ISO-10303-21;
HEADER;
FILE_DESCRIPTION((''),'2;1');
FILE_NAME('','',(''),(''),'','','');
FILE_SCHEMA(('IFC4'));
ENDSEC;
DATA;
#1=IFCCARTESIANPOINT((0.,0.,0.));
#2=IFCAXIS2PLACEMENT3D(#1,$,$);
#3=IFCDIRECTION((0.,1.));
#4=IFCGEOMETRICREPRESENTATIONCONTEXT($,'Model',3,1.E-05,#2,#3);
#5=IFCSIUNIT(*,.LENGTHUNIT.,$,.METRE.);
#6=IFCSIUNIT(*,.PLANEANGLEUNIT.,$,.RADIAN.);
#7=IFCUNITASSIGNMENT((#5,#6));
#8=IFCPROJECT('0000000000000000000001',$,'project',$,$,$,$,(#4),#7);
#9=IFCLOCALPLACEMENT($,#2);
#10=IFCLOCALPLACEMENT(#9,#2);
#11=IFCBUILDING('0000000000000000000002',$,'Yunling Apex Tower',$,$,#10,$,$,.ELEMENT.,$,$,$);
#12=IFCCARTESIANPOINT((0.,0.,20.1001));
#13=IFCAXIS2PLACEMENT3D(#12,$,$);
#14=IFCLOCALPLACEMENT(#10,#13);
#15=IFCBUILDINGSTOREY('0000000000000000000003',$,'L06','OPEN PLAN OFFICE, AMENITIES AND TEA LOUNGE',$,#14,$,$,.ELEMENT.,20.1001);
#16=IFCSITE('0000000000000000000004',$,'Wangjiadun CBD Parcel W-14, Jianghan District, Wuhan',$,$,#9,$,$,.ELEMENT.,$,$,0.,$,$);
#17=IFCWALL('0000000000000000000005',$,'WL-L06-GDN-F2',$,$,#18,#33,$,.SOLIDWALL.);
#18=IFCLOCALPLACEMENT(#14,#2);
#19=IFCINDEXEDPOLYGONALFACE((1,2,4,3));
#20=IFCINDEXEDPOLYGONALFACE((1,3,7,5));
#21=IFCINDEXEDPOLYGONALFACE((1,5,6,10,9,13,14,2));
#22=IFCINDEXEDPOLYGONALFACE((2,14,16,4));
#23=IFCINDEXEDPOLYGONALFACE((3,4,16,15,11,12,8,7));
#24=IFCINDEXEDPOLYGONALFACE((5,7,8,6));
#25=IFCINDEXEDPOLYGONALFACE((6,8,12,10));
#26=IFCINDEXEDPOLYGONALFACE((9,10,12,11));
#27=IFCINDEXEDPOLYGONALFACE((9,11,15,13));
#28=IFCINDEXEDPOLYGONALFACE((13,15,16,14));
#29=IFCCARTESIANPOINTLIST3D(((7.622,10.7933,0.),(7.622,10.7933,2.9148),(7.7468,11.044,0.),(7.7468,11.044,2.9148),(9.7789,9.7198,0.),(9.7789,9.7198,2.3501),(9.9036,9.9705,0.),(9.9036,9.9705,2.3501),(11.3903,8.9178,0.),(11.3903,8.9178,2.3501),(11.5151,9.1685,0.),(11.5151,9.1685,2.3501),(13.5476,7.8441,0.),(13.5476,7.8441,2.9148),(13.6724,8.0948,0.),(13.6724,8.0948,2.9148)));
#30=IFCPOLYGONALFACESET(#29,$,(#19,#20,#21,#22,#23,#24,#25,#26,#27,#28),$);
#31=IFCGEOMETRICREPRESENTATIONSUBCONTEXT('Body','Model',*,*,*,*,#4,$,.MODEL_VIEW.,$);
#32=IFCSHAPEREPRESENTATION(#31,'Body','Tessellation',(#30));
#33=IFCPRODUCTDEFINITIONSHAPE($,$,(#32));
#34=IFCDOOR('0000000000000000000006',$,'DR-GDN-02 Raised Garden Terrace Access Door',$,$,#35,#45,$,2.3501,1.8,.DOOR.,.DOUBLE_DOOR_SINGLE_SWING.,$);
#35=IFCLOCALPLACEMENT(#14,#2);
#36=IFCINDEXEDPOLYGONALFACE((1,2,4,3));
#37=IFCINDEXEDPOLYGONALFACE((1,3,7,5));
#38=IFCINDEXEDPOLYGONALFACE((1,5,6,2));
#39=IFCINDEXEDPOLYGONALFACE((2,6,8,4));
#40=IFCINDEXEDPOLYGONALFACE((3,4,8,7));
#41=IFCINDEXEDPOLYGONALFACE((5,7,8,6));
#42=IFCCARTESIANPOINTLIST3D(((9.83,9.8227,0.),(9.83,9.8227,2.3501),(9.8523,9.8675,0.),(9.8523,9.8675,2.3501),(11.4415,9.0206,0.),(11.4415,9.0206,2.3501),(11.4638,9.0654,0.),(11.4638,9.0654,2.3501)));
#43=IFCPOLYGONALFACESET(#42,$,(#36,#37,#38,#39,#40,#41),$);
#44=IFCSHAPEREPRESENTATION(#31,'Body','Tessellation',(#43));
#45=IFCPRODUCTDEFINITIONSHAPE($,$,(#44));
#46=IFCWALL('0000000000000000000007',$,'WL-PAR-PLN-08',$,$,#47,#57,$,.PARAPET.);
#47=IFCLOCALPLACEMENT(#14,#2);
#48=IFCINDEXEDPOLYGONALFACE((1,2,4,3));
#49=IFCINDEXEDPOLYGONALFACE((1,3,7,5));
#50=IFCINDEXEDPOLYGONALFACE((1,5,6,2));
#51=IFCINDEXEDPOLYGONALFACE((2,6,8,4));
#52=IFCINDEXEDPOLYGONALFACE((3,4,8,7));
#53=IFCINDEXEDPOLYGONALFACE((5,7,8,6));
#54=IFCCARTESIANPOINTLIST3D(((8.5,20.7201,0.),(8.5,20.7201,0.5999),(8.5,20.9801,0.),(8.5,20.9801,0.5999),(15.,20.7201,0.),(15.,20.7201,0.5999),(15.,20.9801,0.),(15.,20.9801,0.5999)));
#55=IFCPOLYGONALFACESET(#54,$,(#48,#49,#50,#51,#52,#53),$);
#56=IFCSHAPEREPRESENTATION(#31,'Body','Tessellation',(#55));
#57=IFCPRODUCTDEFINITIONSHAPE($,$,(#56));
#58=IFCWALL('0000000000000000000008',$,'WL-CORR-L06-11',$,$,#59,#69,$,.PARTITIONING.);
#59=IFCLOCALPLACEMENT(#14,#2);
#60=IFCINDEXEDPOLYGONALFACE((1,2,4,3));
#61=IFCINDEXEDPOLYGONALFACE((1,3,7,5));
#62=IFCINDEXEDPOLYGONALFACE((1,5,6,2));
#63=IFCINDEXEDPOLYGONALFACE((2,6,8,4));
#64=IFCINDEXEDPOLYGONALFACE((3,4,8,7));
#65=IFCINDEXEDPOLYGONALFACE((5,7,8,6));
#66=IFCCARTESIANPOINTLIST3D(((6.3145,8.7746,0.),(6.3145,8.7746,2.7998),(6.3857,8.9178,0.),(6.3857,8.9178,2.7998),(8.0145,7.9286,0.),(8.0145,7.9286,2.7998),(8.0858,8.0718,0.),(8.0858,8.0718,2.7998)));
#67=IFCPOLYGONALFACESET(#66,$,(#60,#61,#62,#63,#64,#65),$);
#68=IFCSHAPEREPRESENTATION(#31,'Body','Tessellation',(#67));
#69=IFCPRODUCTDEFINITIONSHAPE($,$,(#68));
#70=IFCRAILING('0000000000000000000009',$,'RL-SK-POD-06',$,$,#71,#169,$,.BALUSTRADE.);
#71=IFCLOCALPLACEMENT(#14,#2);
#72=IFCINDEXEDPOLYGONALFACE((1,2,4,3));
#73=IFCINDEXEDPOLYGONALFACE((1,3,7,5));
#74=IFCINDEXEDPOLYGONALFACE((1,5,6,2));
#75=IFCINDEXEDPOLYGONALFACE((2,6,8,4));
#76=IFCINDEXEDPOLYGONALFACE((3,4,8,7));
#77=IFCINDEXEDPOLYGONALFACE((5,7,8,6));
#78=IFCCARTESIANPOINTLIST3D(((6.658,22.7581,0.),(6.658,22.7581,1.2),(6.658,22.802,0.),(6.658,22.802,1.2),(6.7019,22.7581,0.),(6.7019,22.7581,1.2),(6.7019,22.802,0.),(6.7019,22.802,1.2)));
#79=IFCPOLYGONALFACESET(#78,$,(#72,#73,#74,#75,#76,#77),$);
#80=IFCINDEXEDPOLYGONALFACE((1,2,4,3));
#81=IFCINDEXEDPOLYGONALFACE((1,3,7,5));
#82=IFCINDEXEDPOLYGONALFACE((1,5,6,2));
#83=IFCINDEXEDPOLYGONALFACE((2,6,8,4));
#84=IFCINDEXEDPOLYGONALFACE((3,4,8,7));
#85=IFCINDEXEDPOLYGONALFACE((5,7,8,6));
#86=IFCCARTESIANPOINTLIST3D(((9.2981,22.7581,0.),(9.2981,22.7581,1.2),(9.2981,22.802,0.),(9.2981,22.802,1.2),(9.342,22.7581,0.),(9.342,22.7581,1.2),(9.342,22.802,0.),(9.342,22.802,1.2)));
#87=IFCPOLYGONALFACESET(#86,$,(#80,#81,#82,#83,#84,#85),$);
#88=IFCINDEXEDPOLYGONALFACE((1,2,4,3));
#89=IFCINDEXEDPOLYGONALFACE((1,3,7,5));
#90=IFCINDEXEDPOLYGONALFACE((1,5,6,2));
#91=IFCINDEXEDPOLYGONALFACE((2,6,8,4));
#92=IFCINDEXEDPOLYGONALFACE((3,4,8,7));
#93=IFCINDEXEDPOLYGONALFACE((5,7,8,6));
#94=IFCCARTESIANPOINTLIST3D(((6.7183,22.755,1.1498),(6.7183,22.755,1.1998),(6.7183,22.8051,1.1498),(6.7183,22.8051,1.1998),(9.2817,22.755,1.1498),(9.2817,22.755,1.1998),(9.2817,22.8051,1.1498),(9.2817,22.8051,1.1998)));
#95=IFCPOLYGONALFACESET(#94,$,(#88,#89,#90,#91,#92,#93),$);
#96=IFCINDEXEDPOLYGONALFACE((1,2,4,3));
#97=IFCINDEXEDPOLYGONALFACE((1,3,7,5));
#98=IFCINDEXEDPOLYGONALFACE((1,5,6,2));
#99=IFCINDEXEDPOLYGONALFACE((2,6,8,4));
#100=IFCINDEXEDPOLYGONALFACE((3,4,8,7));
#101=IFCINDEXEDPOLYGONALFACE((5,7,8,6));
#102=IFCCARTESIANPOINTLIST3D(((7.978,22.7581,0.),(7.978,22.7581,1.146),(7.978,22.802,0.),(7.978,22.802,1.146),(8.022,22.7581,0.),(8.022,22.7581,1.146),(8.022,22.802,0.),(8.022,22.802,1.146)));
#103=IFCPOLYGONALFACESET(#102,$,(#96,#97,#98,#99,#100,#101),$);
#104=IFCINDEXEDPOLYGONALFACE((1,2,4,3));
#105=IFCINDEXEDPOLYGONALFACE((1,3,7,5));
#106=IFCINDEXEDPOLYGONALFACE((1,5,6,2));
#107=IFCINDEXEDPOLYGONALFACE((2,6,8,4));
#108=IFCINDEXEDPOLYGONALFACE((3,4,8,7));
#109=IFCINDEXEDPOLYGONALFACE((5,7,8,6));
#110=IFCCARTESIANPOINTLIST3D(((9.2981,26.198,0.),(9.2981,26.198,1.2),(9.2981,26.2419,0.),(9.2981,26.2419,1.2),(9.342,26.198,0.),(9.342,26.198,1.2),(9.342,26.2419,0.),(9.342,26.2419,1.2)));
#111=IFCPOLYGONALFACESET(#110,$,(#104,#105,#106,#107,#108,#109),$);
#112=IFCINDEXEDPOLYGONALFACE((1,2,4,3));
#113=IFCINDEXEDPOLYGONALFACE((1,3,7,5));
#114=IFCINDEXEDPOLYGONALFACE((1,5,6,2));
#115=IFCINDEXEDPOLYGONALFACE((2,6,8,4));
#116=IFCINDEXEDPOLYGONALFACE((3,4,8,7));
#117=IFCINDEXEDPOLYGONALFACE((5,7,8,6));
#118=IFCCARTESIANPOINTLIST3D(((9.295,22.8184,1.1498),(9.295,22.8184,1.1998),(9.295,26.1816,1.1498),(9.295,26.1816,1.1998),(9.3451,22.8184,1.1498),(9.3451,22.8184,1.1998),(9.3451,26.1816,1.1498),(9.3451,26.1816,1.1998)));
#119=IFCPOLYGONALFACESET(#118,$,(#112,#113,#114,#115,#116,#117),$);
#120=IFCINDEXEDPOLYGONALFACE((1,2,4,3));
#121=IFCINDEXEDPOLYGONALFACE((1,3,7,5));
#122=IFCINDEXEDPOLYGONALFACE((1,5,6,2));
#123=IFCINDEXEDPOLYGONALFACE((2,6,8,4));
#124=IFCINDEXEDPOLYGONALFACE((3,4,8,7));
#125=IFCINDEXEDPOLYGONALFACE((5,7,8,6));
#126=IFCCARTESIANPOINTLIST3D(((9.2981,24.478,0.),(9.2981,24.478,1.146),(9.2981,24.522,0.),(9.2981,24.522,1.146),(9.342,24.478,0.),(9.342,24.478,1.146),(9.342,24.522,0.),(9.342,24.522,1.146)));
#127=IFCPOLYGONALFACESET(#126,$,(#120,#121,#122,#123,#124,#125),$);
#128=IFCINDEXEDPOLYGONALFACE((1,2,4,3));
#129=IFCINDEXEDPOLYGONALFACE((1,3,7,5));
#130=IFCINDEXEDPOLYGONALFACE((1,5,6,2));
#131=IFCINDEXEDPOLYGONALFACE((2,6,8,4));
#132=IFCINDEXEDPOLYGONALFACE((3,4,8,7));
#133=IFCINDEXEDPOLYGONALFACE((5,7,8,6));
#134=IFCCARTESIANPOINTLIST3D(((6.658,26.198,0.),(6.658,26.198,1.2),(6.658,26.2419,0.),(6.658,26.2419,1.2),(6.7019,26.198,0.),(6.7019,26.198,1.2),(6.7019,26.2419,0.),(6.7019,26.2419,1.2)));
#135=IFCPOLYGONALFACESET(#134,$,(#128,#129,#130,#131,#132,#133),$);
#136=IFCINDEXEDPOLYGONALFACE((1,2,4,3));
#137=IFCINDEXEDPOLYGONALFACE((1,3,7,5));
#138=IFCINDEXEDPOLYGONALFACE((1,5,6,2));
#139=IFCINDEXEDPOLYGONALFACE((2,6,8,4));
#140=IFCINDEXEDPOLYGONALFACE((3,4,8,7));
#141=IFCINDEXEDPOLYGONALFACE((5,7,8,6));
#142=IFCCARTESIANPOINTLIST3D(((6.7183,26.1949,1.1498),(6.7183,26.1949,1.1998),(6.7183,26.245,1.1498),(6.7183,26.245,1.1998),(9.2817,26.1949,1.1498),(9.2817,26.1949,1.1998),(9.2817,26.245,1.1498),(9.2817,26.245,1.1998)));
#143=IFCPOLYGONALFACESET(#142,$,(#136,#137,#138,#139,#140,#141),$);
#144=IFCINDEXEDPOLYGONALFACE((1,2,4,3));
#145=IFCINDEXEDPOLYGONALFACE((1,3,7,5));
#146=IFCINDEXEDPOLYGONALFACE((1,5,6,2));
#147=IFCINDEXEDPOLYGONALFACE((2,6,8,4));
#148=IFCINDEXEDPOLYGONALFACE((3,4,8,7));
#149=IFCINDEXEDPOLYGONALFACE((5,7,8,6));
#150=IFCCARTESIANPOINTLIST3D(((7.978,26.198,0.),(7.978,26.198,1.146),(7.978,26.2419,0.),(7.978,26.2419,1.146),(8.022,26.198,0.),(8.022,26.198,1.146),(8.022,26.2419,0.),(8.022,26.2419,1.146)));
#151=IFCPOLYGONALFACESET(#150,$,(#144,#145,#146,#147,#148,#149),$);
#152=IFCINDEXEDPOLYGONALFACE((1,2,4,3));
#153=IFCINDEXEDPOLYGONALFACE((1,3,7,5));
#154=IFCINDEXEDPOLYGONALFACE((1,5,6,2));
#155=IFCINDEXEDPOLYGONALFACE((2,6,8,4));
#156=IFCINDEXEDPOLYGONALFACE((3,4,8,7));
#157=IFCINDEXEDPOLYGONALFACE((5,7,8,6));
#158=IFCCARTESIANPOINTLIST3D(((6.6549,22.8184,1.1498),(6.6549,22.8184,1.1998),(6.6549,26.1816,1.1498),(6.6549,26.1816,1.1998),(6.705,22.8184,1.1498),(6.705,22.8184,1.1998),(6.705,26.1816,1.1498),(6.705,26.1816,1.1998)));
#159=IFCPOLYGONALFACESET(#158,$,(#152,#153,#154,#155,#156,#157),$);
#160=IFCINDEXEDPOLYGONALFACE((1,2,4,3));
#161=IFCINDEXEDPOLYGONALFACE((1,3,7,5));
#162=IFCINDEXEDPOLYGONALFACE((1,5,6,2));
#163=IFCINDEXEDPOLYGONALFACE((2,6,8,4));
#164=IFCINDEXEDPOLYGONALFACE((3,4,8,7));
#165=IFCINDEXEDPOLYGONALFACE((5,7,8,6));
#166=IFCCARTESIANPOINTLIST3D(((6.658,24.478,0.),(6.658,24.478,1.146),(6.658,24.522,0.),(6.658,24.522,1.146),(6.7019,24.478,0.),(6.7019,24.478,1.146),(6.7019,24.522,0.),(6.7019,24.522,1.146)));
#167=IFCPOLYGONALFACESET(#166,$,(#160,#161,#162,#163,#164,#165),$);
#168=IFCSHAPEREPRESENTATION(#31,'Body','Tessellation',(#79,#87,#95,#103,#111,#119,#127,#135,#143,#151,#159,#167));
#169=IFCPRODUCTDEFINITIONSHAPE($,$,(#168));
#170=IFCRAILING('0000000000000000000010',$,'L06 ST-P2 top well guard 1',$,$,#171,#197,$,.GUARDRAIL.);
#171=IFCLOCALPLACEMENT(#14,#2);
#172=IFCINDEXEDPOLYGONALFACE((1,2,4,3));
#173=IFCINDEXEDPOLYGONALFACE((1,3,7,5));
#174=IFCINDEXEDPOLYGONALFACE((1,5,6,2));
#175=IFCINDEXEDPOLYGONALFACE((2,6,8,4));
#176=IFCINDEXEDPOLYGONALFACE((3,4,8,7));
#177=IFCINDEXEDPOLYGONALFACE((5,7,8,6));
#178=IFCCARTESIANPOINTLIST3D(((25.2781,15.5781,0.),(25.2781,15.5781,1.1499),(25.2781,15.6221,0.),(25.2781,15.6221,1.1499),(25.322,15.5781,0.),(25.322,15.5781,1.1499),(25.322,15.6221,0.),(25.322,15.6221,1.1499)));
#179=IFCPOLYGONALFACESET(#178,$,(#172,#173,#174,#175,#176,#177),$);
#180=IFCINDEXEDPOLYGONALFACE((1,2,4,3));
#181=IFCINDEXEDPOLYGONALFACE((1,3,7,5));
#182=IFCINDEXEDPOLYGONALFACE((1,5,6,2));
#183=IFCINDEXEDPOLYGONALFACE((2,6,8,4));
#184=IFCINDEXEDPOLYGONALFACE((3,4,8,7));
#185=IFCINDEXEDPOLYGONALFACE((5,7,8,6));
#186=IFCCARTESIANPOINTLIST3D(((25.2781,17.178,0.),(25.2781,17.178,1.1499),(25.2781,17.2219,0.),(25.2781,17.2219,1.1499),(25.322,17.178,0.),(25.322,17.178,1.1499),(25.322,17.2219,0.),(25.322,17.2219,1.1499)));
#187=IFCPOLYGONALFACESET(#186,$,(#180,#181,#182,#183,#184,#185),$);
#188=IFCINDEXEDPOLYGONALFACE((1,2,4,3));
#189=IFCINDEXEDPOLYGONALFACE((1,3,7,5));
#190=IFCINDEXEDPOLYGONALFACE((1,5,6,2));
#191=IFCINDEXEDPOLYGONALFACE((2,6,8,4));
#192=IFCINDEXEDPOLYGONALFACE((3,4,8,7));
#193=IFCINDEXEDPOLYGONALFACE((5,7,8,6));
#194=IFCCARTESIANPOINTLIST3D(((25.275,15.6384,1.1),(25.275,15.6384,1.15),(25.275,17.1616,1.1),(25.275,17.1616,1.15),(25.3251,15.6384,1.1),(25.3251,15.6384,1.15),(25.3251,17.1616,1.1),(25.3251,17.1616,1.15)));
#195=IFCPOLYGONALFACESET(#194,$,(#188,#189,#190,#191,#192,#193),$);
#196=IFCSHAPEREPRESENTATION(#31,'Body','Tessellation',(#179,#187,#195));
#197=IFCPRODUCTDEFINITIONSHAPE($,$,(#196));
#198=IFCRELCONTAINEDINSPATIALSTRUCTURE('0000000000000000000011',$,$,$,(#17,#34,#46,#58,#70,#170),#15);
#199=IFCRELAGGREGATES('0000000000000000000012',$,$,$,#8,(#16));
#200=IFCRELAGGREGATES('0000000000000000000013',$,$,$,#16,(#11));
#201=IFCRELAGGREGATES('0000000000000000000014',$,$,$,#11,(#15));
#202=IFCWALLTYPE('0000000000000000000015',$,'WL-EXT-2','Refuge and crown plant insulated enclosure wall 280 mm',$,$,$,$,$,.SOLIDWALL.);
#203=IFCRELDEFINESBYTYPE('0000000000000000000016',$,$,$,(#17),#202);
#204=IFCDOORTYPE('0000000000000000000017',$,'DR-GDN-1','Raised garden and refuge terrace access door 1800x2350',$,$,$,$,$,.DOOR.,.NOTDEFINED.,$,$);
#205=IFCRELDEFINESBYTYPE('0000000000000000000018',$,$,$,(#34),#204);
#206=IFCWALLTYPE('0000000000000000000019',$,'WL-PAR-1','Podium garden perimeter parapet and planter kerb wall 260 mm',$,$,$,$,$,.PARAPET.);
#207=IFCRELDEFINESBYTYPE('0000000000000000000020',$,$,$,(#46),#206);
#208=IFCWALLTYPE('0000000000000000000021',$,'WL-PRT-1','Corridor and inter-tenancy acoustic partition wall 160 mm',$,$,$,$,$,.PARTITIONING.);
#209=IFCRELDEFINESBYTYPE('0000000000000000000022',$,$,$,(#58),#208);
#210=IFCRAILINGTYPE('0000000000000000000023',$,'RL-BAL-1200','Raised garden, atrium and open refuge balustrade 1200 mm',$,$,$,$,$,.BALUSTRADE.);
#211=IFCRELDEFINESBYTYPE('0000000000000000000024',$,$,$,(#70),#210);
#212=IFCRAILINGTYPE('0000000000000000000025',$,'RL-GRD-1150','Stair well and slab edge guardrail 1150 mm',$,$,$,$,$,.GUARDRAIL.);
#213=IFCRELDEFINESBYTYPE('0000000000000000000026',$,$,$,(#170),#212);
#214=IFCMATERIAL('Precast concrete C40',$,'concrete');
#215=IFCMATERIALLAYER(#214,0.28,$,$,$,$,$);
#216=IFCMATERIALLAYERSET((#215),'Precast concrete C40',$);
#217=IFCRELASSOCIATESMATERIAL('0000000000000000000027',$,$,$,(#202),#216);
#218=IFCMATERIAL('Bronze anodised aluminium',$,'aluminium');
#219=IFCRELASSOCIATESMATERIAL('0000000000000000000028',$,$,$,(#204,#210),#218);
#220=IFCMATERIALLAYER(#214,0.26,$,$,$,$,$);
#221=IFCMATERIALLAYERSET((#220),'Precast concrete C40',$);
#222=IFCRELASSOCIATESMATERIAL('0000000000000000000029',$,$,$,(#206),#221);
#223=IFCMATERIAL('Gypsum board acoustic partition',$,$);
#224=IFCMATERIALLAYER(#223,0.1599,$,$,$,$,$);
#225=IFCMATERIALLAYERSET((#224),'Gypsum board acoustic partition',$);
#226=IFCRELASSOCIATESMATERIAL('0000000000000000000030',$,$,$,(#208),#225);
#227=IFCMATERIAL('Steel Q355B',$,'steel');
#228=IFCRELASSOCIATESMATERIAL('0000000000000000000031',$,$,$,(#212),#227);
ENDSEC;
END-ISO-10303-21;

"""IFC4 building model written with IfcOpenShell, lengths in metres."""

from ifc_helpers import new_model, si_unit, direction, frame, frame_2d, origin, origin_2d, place, context, subcontext, project, spatial, rectangle, extrude, material, layer, layer_set, type_object, element, fill, save


model = new_model("IFC4")

# Units and contexts
model_context = context("Model", 3, precision=1e-05, world=origin(), true_north=direction((0.0, 1.0)))
body_context = subcontext(model_context, "Body", "Model", "MODEL_VIEW")
ifc_project = project(units=[si_unit("LENGTHUNIT", "METRE"), si_unit("PLANEANGLEUNIT", "RADIAN")], contexts=[model_context])

# Site, building, storey
site_placement = place(None, origin())
site = spatial("IfcSite", under=ifc_project, at=site_placement, Name="Wangjiadun CBD Parcel W-14, Jianghan District, Wuhan", CompositionType="ELEMENT", RefElevation=0.0)
building_placement = place(site_placement, origin())
building = spatial("IfcBuilding", under=site, at=building_placement, Name="Yunling Apex Tower", CompositionType="ELEMENT")
storey_placement = place(building_placement, frame((0.0, 0.0, 20.1001)))
storey = spatial("IfcBuildingStorey", under=building, at=storey_placement, Name="L06", Description="OPEN PLAN OFFICE, AMENITIES AND TEA LOUNGE", CompositionType="ELEMENT", Elevation=20.1001)

# Shared definitions
ifc_material_1 = material(Name="Steel Q355B", Category="steel")

# Shared definitions
ifc_material_2 = material(Name="Bronze anodised aluminium", Category="aluminium")

# Wall, opening, door
ifc_material_3 = material(Name="Precast concrete C40", Category="concrete")
ifc_layer_1 = layer(ifc_material_3, 0.28)
ifc_layer_set_1 = layer_set([ifc_layer_1], Name="Precast concrete C40")
wall_type_1 = type_object("IfcWallType", Name="WL-EXT-2", Description="Refuge and crown plant insulated enclosure wall 280 mm", PredefinedType="SOLIDWALL", material=ifc_layer_set_1)
wall_1_placement = place(storey_placement, frame((7.6843, 10.9187, 0.0), z_axis=(0.0, 0.0, 1.0), x_axis=(0.895245, -0.445575, 0.0)))
wall_1 = element("IfcWall", 1, at=wall_1_placement, inside=storey, type_object=wall_type_1, Name="WL-L06-GDN-F2", PredefinedType="SOLIDWALL", context=body_context, shape_type="SweptSolid", body=[
    extrude(rectangle(XDim=6.6189, YDim=0.28, at=frame_2d((3.3096, 0.0))), origin(), (0.0, 0.0, 1.0), 2.9148),
])
opening_1_placement = place(wall_1_placement, frame((2.4094, 0.0, 0.0)))
opening_1 = element("IfcOpeningElement", 2, at=opening_1_placement, cuts=wall_1, PredefinedType="OPENING", context=body_context, shape_type="SweptSolid", body=[
    extrude(rectangle(XDim=1.8, YDim=2.3501, at=frame_2d((0.8999, 1.175))), frame((0.0, 0.1499, 0.0), z_axis=(0.0, -1.0, 0.0), x_axis=(1.0, 0.0, 0.0)), (0.0, 0.0, 1.0), 0.3),
])
door_type_1 = type_object("IfcDoorType", Name="DR-GDN-1", Description="Raised garden and refuge terrace access door 1800x2350", OperationType="NOTDEFINED", PredefinedType="DOOR", material=ifc_material_2)
door_1_placement = place(opening_1_placement, origin())
door_1 = element("IfcDoor", 3, at=door_1_placement, inside=storey, type_object=door_type_1, Name="DR-GDN-02 Raised Garden Terrace Access Door", OperationType="DOUBLE_DOOR_SINGLE_SWING", OverallHeight=2.3501, OverallWidth=1.8, PredefinedType="DOOR", context=body_context, shape_type="SweptSolid", body=[
    extrude(rectangle(XDim=1.8, YDim=2.3501, at=frame_2d((0.8999, 1.175))), frame((0.0, 0.0249, 0.0), z_axis=(0.0, -1.0, 0.0), x_axis=(1.0, 0.0, 0.0)), (0.0, 0.0, 1.0), 0.05),
])
fill(opening_1, door_1)

# Walls
ifc_layer_2 = layer(ifc_material_3, 0.26)
ifc_layer_set_2 = layer_set([ifc_layer_2], Name="Precast concrete C40")
wall_type_2 = type_object("IfcWallType", Name="WL-PAR-1", Description="Podium garden perimeter parapet and planter kerb wall 260 mm", PredefinedType="PARAPET", material=ifc_layer_set_2)
wall_2_placement = place(storey_placement, frame((8.5, 20.8501, 0.0), z_axis=(0.0, 0.0, 1.0), x_axis=(1.0, 0.0, 0.0)))
element("IfcWall", 4, at=wall_2_placement, inside=storey, type_object=wall_type_2, Name="WL-PAR-PLN-08", PredefinedType="PARAPET", context=body_context, shape_type="SweptSolid", body=[
    extrude(rectangle(XDim=6.5, YDim=0.26, at=frame_2d((3.25, 0.0))), origin(), (0.0, 0.0, 1.0), 0.5999),
])
ifc_material_4 = material(Name="Gypsum board acoustic partition")
ifc_layer_3 = layer(ifc_material_4, 0.1599)
ifc_layer_set_3 = layer_set([ifc_layer_3], Name="Gypsum board acoustic partition")
wall_type_3 = type_object("IfcWallType", Name="WL-PRT-1", Description="Corridor and inter-tenancy acoustic partition wall 160 mm", PredefinedType="PARTITIONING", material=ifc_layer_set_3)
wall_3_placement = place(storey_placement, frame((6.3501, 8.8462, 0.0), z_axis=(0.0, 0.0, 1.0), x_axis=(0.895274, -0.445516, 0.0)))
element("IfcWall", 5, at=wall_3_placement, inside=storey, type_object=wall_type_3, Name="WL-CORR-L06-11", PredefinedType="PARTITIONING", context=body_context, shape_type="SweptSolid", body=[
    extrude(rectangle(XDim=1.8989, YDim=0.1599, at=frame_2d((0.9495, 0.0))), origin(), (0.0, 0.0, 1.0), 2.7998),
])

# Railings
railing_type_1 = type_object("IfcRailingType", Name="RL-BAL-1200", Description="Raised garden, atrium and open refuge balustrade 1200 mm", PredefinedType="BALUSTRADE", material=ifc_material_2)
railing_placement = place(storey_placement, frame((6.6799, 22.78, 0.0)))
element("IfcRailing", 6, at=railing_placement, inside=storey, type_object=railing_type_1, Name="RL-SK-POD-06", PredefinedType="BALUSTRADE", context=body_context, shape_type="SweptSolid", body=[
    extrude(rectangle(XDim=0.0439, YDim=0.0439, at=origin_2d()), origin(), (0.0, 0.0, 1.0), 1.2),
    extrude(rectangle(XDim=0.0439, YDim=0.0439, at=origin_2d()), frame((2.6401, 0.0, 0.0)), (0.0, 0.0, 1.0), 1.2),
    extrude(rectangle(XDim=0.05, YDim=0.05, at=origin_2d()), frame((0.0383, 0.0, 1.1748), z_axis=(1.0, 0.0, 0.0), x_axis=(0.0, 1.0, 0.0)), (0.0, 0.0, 1.0), 2.5635),
    extrude(rectangle(XDim=0.0439, YDim=0.0439, at=origin_2d()), frame((1.3201, 0.0, 0.0)), (0.0, 0.0, 1.0), 1.146),
    extrude(rectangle(XDim=0.0439, YDim=0.0439, at=origin_2d()), frame((2.6401, 3.4399, 0.0)), (0.0, 0.0, 1.0), 1.2),
    extrude(rectangle(XDim=0.05, YDim=0.05, at=origin_2d()), frame((2.6401, 0.0383, 1.1748), z_axis=(0.0, 1.0, 0.0), x_axis=(-1.0, 0.0, 0.0)), (0.0, 0.0, 1.0), 3.3633),
    extrude(rectangle(XDim=0.0439, YDim=0.0439, at=origin_2d()), frame((2.6401, 1.72, 0.0)), (0.0, 0.0, 1.0), 1.146),
    extrude(rectangle(XDim=0.0439, YDim=0.0439, at=origin_2d()), frame((0.0, 3.4399, 0.0)), (0.0, 0.0, 1.0), 1.2),
    extrude(rectangle(XDim=0.05, YDim=0.05, at=origin_2d()), frame((2.6018, 3.4399, 1.1748), z_axis=(-1.0, 0.0, 0.0), x_axis=(0.0, -1.0, 0.0)), (0.0, 0.0, 1.0), 2.5635),
    extrude(rectangle(XDim=0.0439, YDim=0.0439, at=origin_2d()), frame((1.3201, 3.4399, 0.0)), (0.0, 0.0, 1.0), 1.146),
    extrude(rectangle(XDim=0.05, YDim=0.05, at=origin_2d()), frame((0.0, 3.4016, 1.1748), z_axis=(0.0, -1.0, 0.0), x_axis=(1.0, 0.0, 0.0)), (0.0, 0.0, 1.0), 3.3633),
    extrude(rectangle(XDim=0.0439, YDim=0.0439, at=origin_2d()), frame((0.0, 1.72, 0.0)), (0.0, 0.0, 1.0), 1.146),
])
railing_type_2 = type_object("IfcRailingType", Name="RL-GRD-1150", Description="Stair well and slab edge guardrail 1150 mm", PredefinedType="GUARDRAIL", material=ifc_material_1)
for number, where, name in (
    (7, (25.3, 15.6001, 0.0), "L06 ST-P2 top well guard 1"),
):
    element("IfcRailing", number, at=place(storey_placement, frame(where)), inside=storey, type_object=railing_type_2, Name=name, PredefinedType="GUARDRAIL", context=body_context, shape_type="SweptSolid", body=[
        extrude(rectangle(XDim=0.0439, YDim=0.0439, at=origin_2d()), origin(), (0.0, 0.0, 1.0), 1.1499),
        extrude(rectangle(XDim=0.0439, YDim=0.0439, at=origin_2d()), frame((0.0, 1.5999, 0.0)), (0.0, 0.0, 1.0), 1.1499),
        extrude(rectangle(XDim=0.05, YDim=0.05, at=origin_2d()), frame((0.0, 0.0383, 1.125), z_axis=(0.0, 1.0, 0.0), x_axis=(-1.0, 0.0, 0.0)), (0.0, 0.0, 1.0), 1.5232),
    ])

save(model, "model.ifc")
